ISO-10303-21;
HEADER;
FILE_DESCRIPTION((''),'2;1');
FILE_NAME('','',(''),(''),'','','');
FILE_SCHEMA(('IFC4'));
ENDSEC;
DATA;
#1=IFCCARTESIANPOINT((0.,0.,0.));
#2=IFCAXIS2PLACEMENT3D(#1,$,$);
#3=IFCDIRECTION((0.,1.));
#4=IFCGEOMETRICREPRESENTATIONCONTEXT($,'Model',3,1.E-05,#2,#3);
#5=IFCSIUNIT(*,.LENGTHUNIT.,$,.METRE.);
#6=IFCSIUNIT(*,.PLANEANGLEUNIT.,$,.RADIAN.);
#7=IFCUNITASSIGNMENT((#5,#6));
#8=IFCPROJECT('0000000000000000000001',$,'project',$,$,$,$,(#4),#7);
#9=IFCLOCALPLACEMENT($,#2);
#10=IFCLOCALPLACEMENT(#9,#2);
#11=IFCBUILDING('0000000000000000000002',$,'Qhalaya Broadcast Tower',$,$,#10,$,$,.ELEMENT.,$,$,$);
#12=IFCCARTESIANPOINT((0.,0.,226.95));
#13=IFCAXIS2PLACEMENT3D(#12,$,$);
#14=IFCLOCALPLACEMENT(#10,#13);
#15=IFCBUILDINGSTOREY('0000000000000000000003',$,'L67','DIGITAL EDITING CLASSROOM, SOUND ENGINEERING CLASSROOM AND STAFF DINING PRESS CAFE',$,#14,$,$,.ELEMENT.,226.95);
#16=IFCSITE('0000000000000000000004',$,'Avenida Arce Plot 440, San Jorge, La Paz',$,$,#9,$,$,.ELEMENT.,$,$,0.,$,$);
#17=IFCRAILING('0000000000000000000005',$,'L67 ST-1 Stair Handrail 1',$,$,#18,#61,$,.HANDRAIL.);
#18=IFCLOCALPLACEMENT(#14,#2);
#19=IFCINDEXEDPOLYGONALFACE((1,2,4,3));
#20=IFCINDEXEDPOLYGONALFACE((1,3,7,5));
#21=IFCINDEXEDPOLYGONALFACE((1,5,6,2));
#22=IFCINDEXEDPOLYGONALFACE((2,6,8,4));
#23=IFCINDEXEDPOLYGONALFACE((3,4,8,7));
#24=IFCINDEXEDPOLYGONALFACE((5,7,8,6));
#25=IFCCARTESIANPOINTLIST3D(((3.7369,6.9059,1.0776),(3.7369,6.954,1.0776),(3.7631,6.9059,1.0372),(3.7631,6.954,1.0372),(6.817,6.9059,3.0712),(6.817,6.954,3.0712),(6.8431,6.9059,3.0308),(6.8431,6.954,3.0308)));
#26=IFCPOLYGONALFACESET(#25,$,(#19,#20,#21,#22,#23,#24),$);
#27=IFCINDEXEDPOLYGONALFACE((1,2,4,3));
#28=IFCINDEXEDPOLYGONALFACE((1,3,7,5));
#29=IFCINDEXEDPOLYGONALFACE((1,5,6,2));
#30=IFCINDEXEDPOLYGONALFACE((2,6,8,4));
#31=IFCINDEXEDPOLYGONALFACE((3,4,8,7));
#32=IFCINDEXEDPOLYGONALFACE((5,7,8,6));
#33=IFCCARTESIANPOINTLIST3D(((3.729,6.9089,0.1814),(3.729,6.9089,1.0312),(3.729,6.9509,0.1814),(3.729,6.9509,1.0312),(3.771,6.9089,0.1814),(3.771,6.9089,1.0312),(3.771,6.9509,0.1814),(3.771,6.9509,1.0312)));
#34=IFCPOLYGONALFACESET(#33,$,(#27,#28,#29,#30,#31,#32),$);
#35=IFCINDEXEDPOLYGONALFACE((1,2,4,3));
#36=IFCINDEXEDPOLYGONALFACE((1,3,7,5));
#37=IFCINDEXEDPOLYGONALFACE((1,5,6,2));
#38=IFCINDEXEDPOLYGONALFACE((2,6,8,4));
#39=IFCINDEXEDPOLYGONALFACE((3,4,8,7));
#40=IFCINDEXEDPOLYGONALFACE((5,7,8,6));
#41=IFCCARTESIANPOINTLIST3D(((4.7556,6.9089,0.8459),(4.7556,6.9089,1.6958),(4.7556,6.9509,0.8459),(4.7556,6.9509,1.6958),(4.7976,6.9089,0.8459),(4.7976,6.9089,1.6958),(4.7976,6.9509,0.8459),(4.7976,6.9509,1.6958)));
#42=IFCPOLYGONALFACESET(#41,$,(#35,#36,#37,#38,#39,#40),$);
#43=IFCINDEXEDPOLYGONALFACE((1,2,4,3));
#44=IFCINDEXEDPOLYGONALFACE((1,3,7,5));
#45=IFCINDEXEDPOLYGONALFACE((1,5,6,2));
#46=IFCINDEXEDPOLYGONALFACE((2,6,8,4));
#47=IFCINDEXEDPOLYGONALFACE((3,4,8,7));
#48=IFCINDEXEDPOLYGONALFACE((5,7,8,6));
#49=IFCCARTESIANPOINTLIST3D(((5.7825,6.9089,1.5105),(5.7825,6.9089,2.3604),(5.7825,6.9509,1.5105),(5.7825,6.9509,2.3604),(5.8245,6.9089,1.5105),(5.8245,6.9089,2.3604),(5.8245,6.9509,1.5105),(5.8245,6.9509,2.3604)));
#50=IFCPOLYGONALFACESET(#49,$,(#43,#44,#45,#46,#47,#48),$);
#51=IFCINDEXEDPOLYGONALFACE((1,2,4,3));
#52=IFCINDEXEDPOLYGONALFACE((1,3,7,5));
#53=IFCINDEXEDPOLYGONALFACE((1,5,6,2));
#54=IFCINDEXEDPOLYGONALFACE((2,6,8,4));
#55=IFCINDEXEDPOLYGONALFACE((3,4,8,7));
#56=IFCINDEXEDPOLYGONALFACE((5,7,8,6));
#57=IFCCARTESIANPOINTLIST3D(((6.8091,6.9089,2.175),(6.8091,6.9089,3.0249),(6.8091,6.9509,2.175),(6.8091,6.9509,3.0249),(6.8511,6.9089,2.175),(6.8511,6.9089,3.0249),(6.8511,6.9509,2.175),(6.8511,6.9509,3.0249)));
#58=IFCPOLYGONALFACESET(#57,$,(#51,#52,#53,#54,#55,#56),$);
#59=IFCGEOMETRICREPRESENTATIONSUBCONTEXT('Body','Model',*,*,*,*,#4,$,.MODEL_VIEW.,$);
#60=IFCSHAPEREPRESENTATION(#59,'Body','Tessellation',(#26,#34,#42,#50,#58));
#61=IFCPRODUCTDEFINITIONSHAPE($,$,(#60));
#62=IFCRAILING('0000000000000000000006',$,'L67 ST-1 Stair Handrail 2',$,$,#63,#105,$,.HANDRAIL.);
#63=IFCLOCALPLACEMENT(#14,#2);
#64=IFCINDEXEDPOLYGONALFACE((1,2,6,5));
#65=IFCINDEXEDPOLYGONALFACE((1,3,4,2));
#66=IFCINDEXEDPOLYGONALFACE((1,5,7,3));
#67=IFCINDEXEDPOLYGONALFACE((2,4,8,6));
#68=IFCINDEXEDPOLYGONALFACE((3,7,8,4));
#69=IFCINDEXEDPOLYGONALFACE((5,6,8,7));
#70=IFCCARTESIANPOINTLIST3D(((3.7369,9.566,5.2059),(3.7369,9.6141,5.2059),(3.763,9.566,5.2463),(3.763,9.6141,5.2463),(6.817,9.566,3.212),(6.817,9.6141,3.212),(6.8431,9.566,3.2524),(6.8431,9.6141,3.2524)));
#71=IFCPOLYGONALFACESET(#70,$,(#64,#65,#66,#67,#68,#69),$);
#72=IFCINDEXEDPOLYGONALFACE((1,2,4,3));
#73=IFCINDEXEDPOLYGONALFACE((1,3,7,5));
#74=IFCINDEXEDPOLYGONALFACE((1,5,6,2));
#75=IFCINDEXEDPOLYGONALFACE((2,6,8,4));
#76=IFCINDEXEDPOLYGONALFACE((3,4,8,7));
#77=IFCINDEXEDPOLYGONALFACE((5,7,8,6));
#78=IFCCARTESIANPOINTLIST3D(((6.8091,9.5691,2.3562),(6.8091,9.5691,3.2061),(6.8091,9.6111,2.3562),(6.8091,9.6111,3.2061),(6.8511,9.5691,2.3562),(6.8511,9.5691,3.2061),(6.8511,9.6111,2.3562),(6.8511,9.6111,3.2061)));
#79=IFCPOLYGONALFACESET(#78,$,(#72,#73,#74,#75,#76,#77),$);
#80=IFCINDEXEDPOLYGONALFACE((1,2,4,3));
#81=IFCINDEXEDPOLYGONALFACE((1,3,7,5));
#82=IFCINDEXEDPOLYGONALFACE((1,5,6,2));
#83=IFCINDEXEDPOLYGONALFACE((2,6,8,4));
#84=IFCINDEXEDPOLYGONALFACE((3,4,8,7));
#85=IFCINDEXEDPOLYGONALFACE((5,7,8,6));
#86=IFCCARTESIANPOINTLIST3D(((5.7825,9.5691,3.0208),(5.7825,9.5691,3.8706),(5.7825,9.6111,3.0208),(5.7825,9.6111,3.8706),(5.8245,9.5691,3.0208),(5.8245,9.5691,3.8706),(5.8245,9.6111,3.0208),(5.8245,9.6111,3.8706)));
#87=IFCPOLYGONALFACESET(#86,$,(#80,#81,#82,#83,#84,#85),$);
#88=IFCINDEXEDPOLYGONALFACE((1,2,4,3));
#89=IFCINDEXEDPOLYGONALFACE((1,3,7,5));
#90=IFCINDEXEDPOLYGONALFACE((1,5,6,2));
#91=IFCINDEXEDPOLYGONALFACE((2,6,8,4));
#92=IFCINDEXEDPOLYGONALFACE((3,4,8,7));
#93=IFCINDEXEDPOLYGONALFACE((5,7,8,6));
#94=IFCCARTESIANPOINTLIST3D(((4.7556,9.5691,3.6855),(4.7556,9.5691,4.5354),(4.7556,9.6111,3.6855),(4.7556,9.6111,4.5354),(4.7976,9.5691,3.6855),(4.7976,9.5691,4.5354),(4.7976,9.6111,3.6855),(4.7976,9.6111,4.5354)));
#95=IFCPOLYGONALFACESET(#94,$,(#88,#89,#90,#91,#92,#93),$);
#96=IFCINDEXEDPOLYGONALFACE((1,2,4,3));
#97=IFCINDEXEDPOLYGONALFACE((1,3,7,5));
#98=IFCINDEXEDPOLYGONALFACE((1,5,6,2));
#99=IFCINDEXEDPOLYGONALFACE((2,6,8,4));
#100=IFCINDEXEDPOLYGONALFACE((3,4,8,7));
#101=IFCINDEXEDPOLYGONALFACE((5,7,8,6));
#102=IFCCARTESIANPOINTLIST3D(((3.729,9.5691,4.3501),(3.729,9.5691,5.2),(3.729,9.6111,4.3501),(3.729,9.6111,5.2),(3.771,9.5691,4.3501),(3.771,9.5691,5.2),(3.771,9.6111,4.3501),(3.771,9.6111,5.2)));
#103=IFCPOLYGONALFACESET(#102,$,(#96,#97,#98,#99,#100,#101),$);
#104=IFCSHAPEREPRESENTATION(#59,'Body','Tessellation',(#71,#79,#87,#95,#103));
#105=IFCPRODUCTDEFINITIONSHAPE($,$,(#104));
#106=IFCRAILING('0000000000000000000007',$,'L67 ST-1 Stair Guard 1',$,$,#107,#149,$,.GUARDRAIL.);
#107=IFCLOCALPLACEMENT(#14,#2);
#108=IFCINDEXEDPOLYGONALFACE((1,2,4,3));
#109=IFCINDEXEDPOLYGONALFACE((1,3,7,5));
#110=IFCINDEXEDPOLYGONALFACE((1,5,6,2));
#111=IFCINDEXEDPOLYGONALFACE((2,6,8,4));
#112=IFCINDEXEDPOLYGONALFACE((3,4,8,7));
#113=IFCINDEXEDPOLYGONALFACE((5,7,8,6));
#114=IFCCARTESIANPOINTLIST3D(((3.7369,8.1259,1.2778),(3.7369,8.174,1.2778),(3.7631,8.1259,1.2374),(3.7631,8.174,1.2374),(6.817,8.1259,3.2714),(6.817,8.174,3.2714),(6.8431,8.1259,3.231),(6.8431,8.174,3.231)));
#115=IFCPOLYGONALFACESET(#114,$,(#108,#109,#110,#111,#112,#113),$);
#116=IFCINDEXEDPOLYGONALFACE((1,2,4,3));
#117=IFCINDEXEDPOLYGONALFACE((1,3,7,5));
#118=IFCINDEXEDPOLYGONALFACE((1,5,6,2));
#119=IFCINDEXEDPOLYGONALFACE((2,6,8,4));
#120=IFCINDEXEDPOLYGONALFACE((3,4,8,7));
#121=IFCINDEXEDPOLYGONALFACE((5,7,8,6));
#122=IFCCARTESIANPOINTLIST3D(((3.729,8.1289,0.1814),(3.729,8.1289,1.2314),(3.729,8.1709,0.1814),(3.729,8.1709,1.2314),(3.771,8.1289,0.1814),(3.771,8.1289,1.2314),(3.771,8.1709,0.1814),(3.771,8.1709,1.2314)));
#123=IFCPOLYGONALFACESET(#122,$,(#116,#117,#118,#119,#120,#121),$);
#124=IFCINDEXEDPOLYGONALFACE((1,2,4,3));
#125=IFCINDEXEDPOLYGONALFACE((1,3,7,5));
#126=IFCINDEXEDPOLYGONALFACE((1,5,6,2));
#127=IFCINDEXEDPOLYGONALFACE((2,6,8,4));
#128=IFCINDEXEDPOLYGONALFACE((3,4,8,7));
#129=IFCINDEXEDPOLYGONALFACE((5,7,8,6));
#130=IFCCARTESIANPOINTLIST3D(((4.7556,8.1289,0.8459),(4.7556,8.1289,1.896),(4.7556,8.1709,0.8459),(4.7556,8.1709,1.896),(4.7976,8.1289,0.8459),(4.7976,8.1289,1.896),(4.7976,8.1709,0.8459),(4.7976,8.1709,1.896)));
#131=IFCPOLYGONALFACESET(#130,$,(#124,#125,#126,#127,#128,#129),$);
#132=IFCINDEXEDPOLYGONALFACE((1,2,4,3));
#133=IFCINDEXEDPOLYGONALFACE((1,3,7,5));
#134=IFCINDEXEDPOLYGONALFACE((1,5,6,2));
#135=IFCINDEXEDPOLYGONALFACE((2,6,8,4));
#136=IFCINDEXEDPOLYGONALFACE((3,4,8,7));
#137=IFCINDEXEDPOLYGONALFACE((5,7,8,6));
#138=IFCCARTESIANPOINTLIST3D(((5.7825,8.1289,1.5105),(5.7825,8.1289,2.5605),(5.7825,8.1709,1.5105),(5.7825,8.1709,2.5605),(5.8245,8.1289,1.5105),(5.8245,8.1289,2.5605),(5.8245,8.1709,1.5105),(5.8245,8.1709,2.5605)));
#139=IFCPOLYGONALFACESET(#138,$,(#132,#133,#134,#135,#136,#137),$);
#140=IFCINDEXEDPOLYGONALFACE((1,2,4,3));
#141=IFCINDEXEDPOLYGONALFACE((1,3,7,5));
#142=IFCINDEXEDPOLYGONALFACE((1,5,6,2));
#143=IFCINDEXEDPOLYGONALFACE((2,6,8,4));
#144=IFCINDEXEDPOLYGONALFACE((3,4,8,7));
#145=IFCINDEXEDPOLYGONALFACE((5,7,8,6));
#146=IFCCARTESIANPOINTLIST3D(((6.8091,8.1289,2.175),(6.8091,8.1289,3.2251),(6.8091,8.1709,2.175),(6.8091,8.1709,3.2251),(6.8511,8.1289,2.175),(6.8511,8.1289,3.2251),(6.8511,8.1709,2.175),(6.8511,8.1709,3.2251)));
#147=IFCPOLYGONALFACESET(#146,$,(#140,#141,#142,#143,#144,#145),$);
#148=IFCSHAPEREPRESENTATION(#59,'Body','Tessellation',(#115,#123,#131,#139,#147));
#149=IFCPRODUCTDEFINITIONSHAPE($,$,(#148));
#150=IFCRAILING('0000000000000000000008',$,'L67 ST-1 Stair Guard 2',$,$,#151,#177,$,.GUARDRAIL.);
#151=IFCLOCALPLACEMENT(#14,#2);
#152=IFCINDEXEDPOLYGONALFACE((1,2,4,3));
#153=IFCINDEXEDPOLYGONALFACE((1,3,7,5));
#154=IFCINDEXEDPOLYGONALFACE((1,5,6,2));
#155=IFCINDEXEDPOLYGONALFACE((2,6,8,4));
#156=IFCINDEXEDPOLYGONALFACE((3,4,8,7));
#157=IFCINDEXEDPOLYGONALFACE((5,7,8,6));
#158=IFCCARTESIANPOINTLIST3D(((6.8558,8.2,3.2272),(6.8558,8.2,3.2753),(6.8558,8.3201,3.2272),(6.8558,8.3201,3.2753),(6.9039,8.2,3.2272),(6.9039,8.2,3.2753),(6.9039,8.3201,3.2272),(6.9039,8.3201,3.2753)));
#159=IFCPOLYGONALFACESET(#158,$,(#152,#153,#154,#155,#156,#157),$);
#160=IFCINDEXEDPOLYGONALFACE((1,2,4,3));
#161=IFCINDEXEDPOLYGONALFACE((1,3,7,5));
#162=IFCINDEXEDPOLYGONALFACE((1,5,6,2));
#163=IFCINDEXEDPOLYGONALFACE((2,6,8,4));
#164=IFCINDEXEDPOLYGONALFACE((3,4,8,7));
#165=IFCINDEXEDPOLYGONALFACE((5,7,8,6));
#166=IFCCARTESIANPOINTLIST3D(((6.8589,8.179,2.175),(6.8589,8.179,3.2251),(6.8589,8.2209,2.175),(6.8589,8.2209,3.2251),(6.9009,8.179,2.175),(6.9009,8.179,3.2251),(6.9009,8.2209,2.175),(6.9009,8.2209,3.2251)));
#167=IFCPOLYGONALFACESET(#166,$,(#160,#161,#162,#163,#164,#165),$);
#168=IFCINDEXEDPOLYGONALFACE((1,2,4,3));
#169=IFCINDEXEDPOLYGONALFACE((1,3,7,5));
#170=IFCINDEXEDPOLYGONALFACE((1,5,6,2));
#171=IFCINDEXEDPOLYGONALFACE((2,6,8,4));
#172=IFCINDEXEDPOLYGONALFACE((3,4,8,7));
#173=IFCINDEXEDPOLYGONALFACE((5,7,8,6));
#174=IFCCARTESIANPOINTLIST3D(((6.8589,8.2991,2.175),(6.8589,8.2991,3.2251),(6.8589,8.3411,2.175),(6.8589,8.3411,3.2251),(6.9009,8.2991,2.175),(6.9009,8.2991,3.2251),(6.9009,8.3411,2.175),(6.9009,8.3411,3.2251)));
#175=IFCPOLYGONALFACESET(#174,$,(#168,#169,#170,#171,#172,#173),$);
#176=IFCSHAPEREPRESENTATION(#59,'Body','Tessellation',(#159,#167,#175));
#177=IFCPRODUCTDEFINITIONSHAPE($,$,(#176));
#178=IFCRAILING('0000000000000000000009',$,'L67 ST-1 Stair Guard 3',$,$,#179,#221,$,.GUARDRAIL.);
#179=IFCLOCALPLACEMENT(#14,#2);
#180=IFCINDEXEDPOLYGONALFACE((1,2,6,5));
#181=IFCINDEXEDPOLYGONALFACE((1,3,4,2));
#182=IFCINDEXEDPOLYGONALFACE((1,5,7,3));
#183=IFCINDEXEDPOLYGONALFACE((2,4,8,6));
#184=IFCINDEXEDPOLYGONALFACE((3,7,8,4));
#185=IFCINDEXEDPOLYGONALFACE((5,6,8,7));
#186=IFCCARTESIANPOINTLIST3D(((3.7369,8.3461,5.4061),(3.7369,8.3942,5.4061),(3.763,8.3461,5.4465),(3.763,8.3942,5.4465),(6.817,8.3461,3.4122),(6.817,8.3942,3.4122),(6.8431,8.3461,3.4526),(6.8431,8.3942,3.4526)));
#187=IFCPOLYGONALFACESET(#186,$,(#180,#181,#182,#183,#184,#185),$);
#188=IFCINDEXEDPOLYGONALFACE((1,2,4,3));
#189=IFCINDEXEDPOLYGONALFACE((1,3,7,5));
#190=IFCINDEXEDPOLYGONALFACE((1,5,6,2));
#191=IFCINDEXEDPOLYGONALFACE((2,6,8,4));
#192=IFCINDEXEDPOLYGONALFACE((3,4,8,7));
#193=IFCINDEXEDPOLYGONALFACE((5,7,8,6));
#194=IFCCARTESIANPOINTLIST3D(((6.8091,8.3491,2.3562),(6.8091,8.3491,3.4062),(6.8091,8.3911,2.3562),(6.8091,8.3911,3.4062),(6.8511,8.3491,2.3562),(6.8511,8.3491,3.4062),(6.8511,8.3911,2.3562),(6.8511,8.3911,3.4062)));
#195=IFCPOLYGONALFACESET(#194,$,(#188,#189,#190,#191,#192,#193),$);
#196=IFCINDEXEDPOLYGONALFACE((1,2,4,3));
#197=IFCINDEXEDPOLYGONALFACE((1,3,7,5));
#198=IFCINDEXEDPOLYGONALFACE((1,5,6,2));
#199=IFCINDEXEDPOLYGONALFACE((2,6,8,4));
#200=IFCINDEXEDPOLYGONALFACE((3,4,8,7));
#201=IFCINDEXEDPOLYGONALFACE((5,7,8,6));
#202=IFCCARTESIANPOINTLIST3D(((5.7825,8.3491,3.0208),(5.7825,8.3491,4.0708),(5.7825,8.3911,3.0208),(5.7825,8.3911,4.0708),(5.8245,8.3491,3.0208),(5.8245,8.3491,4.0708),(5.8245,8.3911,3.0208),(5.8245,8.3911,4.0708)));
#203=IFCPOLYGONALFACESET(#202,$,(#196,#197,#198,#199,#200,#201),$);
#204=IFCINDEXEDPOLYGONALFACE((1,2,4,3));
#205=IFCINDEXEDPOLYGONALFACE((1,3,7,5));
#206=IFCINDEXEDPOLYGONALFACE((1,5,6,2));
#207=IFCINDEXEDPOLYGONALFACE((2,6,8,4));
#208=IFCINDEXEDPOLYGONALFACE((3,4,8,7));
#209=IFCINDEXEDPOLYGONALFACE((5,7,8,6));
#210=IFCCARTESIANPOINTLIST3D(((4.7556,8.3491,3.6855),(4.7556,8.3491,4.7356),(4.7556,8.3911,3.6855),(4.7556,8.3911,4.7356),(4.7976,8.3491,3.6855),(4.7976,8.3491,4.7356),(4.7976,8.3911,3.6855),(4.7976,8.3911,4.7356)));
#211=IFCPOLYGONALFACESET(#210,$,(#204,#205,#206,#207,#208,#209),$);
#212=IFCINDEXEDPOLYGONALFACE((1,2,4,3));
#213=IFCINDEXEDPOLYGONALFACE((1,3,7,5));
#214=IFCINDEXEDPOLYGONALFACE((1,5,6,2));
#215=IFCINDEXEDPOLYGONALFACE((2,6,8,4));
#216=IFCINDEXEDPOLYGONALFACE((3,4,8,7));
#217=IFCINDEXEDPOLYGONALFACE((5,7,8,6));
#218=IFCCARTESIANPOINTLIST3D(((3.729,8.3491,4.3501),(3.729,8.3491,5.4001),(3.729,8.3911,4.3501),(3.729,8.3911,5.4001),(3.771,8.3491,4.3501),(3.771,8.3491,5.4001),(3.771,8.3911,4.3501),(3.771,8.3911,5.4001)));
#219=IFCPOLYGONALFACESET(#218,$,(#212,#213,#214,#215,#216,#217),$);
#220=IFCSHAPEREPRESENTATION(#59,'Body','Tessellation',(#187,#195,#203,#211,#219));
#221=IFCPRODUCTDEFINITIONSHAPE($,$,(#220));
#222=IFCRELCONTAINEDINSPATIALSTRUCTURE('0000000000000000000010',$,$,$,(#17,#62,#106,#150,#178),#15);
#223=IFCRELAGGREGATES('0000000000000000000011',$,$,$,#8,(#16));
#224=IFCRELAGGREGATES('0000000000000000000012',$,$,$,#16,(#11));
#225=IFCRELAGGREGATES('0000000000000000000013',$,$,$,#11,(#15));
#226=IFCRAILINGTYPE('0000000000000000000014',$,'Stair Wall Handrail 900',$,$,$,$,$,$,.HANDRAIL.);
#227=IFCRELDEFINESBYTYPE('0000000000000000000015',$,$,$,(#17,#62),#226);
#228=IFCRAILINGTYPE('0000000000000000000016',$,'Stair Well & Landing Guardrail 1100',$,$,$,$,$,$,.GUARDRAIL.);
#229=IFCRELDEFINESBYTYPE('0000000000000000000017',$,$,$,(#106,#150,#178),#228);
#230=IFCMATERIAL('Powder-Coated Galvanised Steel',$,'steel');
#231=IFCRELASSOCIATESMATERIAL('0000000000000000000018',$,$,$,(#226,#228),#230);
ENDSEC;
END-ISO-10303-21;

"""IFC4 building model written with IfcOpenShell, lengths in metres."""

from ifc_helpers import new_model, si_unit, direction, frame, origin, origin_2d, place, context, subcontext, project, spatial, rectangle, extrude, material, type_object, element, save


model = new_model("IFC4")

# Units and contexts
model_context = context("Model", 3, precision=1e-05, world=origin(), true_north=direction((0.0, 1.0)))
body_context = subcontext(model_context, "Body", "Model", "MODEL_VIEW")
ifc_project = project(units=[si_unit("LENGTHUNIT", "METRE"), si_unit("PLANEANGLEUNIT", "RADIAN")], contexts=[model_context])

# Site, building, storey
site_placement = place(None, origin())
site = spatial("IfcSite", under=ifc_project, at=site_placement, Name="Avenida Arce Plot 440, San Jorge, La Paz", CompositionType="ELEMENT", RefElevation=0.0)
building_placement = place(site_placement, origin())
building = spatial("IfcBuilding", under=site, at=building_placement, Name="Qhalaya Broadcast Tower", CompositionType="ELEMENT")
storey_placement = place(building_placement, frame((0.0, 0.0, 226.95)))
storey = spatial("IfcBuildingStorey", under=building, at=storey_placement, Name="L67", Description="DIGITAL EDITING CLASSROOM, SOUND ENGINEERING CLASSROOM AND STAFF DINING PRESS CAFE", CompositionType="ELEMENT", Elevation=226.95)

# Railings
ifc_material_1 = material(Name="Powder-Coated Galvanised Steel", Category="steel")
railing_type_1 = type_object("IfcRailingType", Name="Stair Wall Handrail 900", PredefinedType="HANDRAIL", material=ifc_material_1)
railing_1_placement = place(storey_placement, frame((3.75, 6.9299, 0.1814)))
element("IfcRailing", 1, at=railing_1_placement, inside=storey, type_object=railing_type_1, Name="L67 ST-1 Stair Handrail 1", PredefinedType="HANDRAIL", context=body_context, shape_type="SweptSolid", body=[
    extrude(rectangle(XDim=0.0481, YDim=0.0481, at=origin_2d()), frame((0.0, 0.0, 0.876), z_axis=(0.839488, 0.0, 0.543378), x_axis=(0.0, 1.0, 0.0)), (0.0, 0.0, 1.0), 3.6689),
    extrude(rectangle(XDim=0.042, YDim=0.042, at=origin_2d()), origin(), (0.0, 0.0, 1.0), 0.8499),
    extrude(rectangle(XDim=0.042, YDim=0.042, at=origin_2d()), frame((1.0266, 0.0, 0.6646)), (0.0, 0.0, 1.0), 0.8499),
    extrude(rectangle(XDim=0.042, YDim=0.042, at=origin_2d()), frame((2.0535, 0.0, 1.3291)), (0.0, 0.0, 1.0), 0.8499),
    extrude(rectangle(XDim=0.042, YDim=0.042, at=origin_2d()), frame((3.0801, 0.0, 1.9937)), (0.0, 0.0, 1.0), 0.8499),
])
railing_2_placement = place(storey_placement, frame((6.8301, 9.5901, 2.3562)))
element("IfcRailing", 2, at=railing_2_placement, inside=storey, type_object=railing_type_1, Name="L67 ST-1 Stair Handrail 2", PredefinedType="HANDRAIL", context=body_context, shape_type="SweptSolid", body=[
    extrude(rectangle(XDim=0.0481, YDim=0.0481, at=origin_2d()), frame((0.0, 0.0, 0.876), z_axis=(-0.839458, 0.0, 0.543425), x_axis=(0.0, -1.0, 0.0)), (0.0, 0.0, 1.0), 3.6692),
    extrude(rectangle(XDim=0.042, YDim=0.042, at=origin_2d()), origin(), (0.0, 0.0, 1.0), 0.8499),
    extrude(rectangle(XDim=0.042, YDim=0.042, at=origin_2d()), frame((-1.0266, 0.0, 0.6646)), (0.0, 0.0, 1.0), 0.8499),
    extrude(rectangle(XDim=0.042, YDim=0.042, at=origin_2d()), frame((-2.0535, 0.0, 1.3293)), (0.0, 0.0, 1.0), 0.8499),
    extrude(rectangle(XDim=0.042, YDim=0.042, at=origin_2d()), frame((-3.0801, 0.0, 1.9939)), (0.0, 0.0, 1.0), 0.8499),
])
railing_type_2 = type_object("IfcRailingType", Name="Stair Well & Landing Guardrail 1100", PredefinedType="GUARDRAIL", material=ifc_material_1)
railing_3_placement = place(storey_placement, frame((3.75, 8.1499, 0.1814)))
element("IfcRailing", 3, at=railing_3_placement, inside=storey, type_object=railing_type_2, Name="L67 ST-1 Stair Guard 1", PredefinedType="GUARDRAIL", context=body_context, shape_type="SweptSolid", body=[
    extrude(rectangle(XDim=0.0481, YDim=0.0481, at=origin_2d()), frame((0.0, 0.0, 1.0762), z_axis=(0.839488, 0.0, 0.543378), x_axis=(0.0, 1.0, 0.0)), (0.0, 0.0, 1.0), 3.6689),
    extrude(rectangle(XDim=0.042, YDim=0.042, at=origin_2d()), origin(), (0.0, 0.0, 1.0), 1.05),
    extrude(rectangle(XDim=0.042, YDim=0.042, at=origin_2d()), frame((1.0266, 0.0, 0.6646)), (0.0, 0.0, 1.0), 1.05),
    extrude(rectangle(XDim=0.042, YDim=0.042, at=origin_2d()), frame((2.0535, 0.0, 1.3291)), (0.0, 0.0, 1.0), 1.05),
    extrude(rectangle(XDim=0.042, YDim=0.042, at=origin_2d()), frame((3.0801, 0.0, 1.9937)), (0.0, 0.0, 1.0), 1.05),
])
railing_4_placement = place(storey_placement, frame((6.8799, 8.2, 2.175)))
element("IfcRailing", 4, at=railing_4_placement, inside=storey, type_object=railing_type_2, Name="L67 ST-1 Stair Guard 2", PredefinedType="GUARDRAIL", context=body_context, shape_type="SweptSolid", body=[
    extrude(rectangle(XDim=0.0481, YDim=0.0481, at=origin_2d()), frame((0.0, 0.0, 1.0762), z_axis=(0.0, 1.0, 0.0), x_axis=(-1.0, 0.0, 0.0)), (0.0, 0.0, 1.0), 0.1201),
    extrude(rectangle(XDim=0.042, YDim=0.042, at=origin_2d()), origin(), (0.0, 0.0, 1.0), 1.05),
    extrude(rectangle(XDim=0.042, YDim=0.042, at=origin_2d()), frame((0.0, 0.1201, 0.0)), (0.0, 0.0, 1.0), 1.05),
])
railing_5_placement = place(storey_placement, frame((6.8301, 8.3701, 2.3562)))
element("IfcRailing", 5, at=railing_5_placement, inside=storey, type_object=railing_type_2, Name="L67 ST-1 Stair Guard 3", PredefinedType="GUARDRAIL", context=body_context, shape_type="SweptSolid", body=[
    extrude(rectangle(XDim=0.0481, YDim=0.0481, at=origin_2d()), frame((0.0, 0.0, 1.0762), z_axis=(-0.839458, 0.0, 0.543425), x_axis=(0.0, -1.0, 0.0)), (0.0, 0.0, 1.0), 3.6692),
    extrude(rectangle(XDim=0.042, YDim=0.042, at=origin_2d()), origin(), (0.0, 0.0, 1.0), 1.05),
    extrude(rectangle(XDim=0.042, YDim=0.042, at=origin_2d()), frame((-1.0266, 0.0, 0.6646)), (0.0, 0.0, 1.0), 1.05),
    extrude(rectangle(XDim=0.042, YDim=0.042, at=origin_2d()), frame((-2.0535, 0.0, 1.3293)), (0.0, 0.0, 1.0), 1.05),
    extrude(rectangle(XDim=0.042, YDim=0.042, at=origin_2d()), frame((-3.0801, 0.0, 1.9939)), (0.0, 0.0, 1.0), 1.05),
])

save(model, "model.ifc")
